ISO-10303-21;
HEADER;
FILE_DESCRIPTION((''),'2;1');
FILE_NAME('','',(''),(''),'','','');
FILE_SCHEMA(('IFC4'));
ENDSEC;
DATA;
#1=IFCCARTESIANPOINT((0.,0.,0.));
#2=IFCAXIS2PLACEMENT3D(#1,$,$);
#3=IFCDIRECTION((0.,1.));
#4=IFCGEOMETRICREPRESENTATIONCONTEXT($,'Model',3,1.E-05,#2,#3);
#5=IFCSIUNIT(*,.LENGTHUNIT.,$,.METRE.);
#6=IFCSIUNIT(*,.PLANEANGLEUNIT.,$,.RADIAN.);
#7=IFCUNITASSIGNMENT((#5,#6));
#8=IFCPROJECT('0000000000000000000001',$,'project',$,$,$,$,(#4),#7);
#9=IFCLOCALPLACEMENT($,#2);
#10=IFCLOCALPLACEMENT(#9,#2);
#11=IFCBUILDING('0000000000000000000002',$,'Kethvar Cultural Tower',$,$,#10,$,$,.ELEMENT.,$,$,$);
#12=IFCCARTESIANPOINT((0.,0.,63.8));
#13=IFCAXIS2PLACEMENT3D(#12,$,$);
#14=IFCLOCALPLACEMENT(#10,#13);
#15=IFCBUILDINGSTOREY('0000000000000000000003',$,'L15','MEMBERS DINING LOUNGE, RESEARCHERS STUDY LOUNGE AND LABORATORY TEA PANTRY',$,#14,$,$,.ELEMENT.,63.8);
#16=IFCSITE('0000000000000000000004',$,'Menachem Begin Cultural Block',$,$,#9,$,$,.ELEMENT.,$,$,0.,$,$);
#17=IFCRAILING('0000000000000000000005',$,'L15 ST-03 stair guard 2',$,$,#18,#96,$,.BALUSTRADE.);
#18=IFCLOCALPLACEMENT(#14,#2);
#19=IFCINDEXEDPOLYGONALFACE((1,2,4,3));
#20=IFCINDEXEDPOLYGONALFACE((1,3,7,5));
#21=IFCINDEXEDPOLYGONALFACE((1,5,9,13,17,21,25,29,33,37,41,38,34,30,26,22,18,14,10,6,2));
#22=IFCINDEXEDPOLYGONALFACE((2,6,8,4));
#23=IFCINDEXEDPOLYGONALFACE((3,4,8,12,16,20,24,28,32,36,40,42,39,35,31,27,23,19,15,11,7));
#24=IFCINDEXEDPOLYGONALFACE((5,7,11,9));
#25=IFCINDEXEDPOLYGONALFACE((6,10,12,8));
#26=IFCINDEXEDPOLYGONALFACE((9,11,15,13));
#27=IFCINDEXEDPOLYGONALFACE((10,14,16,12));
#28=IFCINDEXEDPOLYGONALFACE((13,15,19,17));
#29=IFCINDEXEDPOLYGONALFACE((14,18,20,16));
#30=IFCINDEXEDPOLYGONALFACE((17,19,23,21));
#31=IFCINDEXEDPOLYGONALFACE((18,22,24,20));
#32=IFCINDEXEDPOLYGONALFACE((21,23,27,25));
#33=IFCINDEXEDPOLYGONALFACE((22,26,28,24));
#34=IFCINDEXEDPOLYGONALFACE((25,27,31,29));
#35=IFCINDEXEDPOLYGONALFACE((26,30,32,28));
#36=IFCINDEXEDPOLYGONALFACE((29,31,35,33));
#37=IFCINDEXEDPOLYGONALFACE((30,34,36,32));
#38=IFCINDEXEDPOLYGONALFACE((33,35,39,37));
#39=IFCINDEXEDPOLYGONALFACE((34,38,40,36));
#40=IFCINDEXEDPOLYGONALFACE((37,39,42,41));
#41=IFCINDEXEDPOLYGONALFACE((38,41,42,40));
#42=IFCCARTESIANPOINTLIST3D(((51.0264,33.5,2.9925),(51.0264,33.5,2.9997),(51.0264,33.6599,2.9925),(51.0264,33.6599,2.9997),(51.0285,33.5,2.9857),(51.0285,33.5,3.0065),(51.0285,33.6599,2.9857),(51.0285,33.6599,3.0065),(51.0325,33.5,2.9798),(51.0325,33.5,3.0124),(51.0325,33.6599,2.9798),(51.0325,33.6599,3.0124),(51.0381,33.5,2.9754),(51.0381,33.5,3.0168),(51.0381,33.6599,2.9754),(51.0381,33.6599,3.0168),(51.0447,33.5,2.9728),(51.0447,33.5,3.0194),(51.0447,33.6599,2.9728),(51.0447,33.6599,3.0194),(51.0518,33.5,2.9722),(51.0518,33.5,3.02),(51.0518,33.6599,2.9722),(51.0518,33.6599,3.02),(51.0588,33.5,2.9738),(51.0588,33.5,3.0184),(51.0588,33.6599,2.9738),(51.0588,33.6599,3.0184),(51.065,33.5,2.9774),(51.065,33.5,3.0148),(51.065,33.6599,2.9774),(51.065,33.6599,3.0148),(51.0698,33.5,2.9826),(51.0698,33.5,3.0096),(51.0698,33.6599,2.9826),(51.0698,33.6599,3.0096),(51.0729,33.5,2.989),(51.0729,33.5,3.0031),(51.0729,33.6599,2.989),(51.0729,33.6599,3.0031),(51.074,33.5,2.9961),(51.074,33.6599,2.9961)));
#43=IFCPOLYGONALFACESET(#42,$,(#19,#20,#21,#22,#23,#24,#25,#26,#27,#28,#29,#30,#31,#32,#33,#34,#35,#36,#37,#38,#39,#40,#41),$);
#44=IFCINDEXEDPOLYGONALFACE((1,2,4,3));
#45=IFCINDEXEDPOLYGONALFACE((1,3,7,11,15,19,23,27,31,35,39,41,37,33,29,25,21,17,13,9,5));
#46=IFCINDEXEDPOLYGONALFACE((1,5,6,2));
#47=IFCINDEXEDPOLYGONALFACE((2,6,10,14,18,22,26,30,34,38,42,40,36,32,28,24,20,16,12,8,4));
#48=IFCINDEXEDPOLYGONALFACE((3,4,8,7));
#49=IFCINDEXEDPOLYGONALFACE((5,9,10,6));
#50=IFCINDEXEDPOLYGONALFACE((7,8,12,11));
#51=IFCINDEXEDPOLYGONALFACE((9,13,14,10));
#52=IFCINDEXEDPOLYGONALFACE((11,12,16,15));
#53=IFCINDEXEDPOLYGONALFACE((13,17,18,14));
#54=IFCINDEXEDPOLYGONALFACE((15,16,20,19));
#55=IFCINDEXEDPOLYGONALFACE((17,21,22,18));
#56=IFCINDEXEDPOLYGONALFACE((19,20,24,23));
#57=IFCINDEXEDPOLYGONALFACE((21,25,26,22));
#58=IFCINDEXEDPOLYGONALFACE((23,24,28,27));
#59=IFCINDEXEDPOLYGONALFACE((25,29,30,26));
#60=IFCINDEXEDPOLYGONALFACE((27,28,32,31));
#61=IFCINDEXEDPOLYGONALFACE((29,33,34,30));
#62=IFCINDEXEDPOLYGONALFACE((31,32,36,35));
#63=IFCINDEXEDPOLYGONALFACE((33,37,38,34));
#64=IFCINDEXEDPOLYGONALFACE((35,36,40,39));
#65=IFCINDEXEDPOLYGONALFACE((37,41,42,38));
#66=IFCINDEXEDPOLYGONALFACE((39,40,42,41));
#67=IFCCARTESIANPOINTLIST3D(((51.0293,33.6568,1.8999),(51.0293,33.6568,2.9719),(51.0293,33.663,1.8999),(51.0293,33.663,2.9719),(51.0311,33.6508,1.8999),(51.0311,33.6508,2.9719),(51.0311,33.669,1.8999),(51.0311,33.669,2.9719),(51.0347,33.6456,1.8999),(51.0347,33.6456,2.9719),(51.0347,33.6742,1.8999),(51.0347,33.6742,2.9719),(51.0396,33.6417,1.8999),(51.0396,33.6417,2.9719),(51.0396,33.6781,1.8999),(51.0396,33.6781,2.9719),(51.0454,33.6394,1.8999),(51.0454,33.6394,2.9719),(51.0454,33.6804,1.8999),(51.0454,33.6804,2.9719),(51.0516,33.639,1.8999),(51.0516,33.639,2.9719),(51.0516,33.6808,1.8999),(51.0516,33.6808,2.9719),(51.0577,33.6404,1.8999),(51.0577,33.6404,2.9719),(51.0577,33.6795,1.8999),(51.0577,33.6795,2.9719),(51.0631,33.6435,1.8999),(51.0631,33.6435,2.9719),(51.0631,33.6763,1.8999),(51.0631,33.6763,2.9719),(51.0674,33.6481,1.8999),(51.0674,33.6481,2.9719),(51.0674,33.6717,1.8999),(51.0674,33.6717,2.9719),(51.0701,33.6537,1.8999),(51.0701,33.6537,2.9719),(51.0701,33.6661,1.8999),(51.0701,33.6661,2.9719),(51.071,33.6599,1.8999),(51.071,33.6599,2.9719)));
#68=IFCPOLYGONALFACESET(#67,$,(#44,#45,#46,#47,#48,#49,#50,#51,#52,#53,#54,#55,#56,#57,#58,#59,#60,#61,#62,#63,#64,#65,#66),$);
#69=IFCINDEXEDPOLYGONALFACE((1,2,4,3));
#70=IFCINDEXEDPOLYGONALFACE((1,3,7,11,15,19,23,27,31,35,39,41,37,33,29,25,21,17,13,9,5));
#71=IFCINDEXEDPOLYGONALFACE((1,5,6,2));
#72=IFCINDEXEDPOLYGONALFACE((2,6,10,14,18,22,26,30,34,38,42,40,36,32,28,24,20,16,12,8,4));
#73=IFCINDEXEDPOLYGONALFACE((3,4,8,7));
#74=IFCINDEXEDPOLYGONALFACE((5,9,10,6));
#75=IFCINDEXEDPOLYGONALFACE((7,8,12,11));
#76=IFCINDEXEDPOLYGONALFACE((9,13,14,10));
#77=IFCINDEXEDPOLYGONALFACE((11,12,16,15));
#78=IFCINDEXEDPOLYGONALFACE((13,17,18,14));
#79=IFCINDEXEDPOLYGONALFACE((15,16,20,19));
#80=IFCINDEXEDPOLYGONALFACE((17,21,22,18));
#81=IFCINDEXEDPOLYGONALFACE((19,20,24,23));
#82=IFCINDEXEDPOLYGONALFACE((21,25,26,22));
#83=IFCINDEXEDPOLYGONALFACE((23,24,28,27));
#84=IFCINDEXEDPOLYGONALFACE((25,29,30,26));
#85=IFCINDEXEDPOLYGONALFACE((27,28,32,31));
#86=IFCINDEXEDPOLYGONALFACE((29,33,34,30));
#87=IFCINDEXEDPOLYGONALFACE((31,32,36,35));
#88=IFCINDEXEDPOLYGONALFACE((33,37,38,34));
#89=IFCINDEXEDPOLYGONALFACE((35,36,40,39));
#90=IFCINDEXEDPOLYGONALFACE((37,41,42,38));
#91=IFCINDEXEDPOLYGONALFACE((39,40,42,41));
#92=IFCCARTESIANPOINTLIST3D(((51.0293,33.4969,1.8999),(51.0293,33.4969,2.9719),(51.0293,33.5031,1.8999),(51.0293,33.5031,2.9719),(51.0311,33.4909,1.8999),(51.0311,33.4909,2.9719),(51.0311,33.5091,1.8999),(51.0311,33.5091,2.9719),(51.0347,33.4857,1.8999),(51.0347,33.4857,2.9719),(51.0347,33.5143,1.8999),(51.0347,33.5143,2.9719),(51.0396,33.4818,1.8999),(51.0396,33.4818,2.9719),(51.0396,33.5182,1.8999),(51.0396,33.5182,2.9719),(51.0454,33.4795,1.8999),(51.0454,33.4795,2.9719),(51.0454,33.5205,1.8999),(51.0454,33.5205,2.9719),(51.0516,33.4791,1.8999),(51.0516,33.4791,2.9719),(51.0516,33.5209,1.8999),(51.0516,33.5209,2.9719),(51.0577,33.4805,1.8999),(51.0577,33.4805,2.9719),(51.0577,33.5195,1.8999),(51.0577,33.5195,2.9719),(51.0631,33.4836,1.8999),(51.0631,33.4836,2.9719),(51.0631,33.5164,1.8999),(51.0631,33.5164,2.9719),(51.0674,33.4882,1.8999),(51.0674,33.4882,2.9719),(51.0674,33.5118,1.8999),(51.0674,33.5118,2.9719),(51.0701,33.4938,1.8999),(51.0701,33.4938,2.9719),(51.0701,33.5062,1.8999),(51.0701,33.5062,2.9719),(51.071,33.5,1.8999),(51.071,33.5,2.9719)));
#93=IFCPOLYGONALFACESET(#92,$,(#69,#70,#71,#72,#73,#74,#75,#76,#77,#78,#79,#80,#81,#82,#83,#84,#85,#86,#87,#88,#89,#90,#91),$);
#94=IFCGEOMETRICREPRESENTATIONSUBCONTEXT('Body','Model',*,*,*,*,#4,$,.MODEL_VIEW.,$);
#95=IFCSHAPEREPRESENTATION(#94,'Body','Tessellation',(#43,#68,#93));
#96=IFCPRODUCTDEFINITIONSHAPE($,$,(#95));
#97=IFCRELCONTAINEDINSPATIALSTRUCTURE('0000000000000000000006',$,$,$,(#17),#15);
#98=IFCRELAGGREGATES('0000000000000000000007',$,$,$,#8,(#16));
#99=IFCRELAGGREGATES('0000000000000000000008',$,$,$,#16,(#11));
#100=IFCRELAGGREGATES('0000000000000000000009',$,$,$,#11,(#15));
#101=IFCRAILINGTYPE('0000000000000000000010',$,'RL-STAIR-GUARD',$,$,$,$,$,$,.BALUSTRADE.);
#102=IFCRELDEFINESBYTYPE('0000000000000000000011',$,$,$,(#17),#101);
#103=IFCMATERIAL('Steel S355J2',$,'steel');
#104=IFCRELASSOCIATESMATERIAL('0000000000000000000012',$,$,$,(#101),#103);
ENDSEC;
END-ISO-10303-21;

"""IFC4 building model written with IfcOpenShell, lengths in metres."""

from ifc_helpers import new_model, si_unit, direction, frame, origin, origin_2d, place, context, subcontext, project, spatial, circle, extrude, material, type_object, element, save


model = new_model("IFC4")

# Units and contexts
model_context = context("Model", 3, precision=1e-05, world=origin(), true_north=direction((0.0, 1.0)))
body_context = subcontext(model_context, "Body", "Model", "MODEL_VIEW")
ifc_project = project(units=[si_unit("LENGTHUNIT", "METRE"), si_unit("PLANEANGLEUNIT", "RADIAN")], contexts=[model_context])

# Site, building, storey
site_placement = place(None, origin())
site = spatial("IfcSite", under=ifc_project, at=site_placement, Name="Menachem Begin Cultural Block", CompositionType="ELEMENT", RefElevation=0.0)
building_placement = place(site_placement, origin())
building = spatial("IfcBuilding", under=site, at=building_placement, Name="Kethvar Cultural Tower", CompositionType="ELEMENT")
storey_placement = place(building_placement, frame((0.0, 0.0, 63.8)))
storey = spatial("IfcBuildingStorey", under=building, at=storey_placement, Name="L15", Description="MEMBERS DINING LOUNGE, RESEARCHERS STUDY LOUNGE AND LABORATORY TEA PANTRY", CompositionType="ELEMENT", Elevation=63.8)

# Shared definitions
ifc_material_1 = material(Name="Steel S355J2", Category="steel")

# Railing
railing_type_1 = type_object("IfcRailingType", Name="RL-STAIR-GUARD", PredefinedType="BALUSTRADE", material=ifc_material_1)
railing_1_placement = place(storey_placement, frame((51.05, 33.6599, 1.8999)))
element("IfcRailing", 1, at=railing_1_placement, inside=storey, type_object=railing_type_1, Name="L15 ST-03 stair guard 2", PredefinedType="BALUSTRADE", context=body_context, shape_type="SweptSolid", body=[
    extrude(circle(Radius=0.0239, at=origin_2d()), frame((0.0, 0.0, 1.0962), z_axis=(0.0, -1.0, 0.0), x_axis=(1.0, 0.0, 0.0)), (0.0, 0.0, 1.0), 0.1599),
    extrude(circle(Radius=0.021, at=origin_2d()), origin(), (0.0, 0.0, 1.0), 1.072),
    extrude(circle(Radius=0.021, at=origin_2d()), frame((0.0, -0.1599, 0.0)), (0.0, 0.0, 1.0), 1.072),
])

save(model, "model.ifc")
